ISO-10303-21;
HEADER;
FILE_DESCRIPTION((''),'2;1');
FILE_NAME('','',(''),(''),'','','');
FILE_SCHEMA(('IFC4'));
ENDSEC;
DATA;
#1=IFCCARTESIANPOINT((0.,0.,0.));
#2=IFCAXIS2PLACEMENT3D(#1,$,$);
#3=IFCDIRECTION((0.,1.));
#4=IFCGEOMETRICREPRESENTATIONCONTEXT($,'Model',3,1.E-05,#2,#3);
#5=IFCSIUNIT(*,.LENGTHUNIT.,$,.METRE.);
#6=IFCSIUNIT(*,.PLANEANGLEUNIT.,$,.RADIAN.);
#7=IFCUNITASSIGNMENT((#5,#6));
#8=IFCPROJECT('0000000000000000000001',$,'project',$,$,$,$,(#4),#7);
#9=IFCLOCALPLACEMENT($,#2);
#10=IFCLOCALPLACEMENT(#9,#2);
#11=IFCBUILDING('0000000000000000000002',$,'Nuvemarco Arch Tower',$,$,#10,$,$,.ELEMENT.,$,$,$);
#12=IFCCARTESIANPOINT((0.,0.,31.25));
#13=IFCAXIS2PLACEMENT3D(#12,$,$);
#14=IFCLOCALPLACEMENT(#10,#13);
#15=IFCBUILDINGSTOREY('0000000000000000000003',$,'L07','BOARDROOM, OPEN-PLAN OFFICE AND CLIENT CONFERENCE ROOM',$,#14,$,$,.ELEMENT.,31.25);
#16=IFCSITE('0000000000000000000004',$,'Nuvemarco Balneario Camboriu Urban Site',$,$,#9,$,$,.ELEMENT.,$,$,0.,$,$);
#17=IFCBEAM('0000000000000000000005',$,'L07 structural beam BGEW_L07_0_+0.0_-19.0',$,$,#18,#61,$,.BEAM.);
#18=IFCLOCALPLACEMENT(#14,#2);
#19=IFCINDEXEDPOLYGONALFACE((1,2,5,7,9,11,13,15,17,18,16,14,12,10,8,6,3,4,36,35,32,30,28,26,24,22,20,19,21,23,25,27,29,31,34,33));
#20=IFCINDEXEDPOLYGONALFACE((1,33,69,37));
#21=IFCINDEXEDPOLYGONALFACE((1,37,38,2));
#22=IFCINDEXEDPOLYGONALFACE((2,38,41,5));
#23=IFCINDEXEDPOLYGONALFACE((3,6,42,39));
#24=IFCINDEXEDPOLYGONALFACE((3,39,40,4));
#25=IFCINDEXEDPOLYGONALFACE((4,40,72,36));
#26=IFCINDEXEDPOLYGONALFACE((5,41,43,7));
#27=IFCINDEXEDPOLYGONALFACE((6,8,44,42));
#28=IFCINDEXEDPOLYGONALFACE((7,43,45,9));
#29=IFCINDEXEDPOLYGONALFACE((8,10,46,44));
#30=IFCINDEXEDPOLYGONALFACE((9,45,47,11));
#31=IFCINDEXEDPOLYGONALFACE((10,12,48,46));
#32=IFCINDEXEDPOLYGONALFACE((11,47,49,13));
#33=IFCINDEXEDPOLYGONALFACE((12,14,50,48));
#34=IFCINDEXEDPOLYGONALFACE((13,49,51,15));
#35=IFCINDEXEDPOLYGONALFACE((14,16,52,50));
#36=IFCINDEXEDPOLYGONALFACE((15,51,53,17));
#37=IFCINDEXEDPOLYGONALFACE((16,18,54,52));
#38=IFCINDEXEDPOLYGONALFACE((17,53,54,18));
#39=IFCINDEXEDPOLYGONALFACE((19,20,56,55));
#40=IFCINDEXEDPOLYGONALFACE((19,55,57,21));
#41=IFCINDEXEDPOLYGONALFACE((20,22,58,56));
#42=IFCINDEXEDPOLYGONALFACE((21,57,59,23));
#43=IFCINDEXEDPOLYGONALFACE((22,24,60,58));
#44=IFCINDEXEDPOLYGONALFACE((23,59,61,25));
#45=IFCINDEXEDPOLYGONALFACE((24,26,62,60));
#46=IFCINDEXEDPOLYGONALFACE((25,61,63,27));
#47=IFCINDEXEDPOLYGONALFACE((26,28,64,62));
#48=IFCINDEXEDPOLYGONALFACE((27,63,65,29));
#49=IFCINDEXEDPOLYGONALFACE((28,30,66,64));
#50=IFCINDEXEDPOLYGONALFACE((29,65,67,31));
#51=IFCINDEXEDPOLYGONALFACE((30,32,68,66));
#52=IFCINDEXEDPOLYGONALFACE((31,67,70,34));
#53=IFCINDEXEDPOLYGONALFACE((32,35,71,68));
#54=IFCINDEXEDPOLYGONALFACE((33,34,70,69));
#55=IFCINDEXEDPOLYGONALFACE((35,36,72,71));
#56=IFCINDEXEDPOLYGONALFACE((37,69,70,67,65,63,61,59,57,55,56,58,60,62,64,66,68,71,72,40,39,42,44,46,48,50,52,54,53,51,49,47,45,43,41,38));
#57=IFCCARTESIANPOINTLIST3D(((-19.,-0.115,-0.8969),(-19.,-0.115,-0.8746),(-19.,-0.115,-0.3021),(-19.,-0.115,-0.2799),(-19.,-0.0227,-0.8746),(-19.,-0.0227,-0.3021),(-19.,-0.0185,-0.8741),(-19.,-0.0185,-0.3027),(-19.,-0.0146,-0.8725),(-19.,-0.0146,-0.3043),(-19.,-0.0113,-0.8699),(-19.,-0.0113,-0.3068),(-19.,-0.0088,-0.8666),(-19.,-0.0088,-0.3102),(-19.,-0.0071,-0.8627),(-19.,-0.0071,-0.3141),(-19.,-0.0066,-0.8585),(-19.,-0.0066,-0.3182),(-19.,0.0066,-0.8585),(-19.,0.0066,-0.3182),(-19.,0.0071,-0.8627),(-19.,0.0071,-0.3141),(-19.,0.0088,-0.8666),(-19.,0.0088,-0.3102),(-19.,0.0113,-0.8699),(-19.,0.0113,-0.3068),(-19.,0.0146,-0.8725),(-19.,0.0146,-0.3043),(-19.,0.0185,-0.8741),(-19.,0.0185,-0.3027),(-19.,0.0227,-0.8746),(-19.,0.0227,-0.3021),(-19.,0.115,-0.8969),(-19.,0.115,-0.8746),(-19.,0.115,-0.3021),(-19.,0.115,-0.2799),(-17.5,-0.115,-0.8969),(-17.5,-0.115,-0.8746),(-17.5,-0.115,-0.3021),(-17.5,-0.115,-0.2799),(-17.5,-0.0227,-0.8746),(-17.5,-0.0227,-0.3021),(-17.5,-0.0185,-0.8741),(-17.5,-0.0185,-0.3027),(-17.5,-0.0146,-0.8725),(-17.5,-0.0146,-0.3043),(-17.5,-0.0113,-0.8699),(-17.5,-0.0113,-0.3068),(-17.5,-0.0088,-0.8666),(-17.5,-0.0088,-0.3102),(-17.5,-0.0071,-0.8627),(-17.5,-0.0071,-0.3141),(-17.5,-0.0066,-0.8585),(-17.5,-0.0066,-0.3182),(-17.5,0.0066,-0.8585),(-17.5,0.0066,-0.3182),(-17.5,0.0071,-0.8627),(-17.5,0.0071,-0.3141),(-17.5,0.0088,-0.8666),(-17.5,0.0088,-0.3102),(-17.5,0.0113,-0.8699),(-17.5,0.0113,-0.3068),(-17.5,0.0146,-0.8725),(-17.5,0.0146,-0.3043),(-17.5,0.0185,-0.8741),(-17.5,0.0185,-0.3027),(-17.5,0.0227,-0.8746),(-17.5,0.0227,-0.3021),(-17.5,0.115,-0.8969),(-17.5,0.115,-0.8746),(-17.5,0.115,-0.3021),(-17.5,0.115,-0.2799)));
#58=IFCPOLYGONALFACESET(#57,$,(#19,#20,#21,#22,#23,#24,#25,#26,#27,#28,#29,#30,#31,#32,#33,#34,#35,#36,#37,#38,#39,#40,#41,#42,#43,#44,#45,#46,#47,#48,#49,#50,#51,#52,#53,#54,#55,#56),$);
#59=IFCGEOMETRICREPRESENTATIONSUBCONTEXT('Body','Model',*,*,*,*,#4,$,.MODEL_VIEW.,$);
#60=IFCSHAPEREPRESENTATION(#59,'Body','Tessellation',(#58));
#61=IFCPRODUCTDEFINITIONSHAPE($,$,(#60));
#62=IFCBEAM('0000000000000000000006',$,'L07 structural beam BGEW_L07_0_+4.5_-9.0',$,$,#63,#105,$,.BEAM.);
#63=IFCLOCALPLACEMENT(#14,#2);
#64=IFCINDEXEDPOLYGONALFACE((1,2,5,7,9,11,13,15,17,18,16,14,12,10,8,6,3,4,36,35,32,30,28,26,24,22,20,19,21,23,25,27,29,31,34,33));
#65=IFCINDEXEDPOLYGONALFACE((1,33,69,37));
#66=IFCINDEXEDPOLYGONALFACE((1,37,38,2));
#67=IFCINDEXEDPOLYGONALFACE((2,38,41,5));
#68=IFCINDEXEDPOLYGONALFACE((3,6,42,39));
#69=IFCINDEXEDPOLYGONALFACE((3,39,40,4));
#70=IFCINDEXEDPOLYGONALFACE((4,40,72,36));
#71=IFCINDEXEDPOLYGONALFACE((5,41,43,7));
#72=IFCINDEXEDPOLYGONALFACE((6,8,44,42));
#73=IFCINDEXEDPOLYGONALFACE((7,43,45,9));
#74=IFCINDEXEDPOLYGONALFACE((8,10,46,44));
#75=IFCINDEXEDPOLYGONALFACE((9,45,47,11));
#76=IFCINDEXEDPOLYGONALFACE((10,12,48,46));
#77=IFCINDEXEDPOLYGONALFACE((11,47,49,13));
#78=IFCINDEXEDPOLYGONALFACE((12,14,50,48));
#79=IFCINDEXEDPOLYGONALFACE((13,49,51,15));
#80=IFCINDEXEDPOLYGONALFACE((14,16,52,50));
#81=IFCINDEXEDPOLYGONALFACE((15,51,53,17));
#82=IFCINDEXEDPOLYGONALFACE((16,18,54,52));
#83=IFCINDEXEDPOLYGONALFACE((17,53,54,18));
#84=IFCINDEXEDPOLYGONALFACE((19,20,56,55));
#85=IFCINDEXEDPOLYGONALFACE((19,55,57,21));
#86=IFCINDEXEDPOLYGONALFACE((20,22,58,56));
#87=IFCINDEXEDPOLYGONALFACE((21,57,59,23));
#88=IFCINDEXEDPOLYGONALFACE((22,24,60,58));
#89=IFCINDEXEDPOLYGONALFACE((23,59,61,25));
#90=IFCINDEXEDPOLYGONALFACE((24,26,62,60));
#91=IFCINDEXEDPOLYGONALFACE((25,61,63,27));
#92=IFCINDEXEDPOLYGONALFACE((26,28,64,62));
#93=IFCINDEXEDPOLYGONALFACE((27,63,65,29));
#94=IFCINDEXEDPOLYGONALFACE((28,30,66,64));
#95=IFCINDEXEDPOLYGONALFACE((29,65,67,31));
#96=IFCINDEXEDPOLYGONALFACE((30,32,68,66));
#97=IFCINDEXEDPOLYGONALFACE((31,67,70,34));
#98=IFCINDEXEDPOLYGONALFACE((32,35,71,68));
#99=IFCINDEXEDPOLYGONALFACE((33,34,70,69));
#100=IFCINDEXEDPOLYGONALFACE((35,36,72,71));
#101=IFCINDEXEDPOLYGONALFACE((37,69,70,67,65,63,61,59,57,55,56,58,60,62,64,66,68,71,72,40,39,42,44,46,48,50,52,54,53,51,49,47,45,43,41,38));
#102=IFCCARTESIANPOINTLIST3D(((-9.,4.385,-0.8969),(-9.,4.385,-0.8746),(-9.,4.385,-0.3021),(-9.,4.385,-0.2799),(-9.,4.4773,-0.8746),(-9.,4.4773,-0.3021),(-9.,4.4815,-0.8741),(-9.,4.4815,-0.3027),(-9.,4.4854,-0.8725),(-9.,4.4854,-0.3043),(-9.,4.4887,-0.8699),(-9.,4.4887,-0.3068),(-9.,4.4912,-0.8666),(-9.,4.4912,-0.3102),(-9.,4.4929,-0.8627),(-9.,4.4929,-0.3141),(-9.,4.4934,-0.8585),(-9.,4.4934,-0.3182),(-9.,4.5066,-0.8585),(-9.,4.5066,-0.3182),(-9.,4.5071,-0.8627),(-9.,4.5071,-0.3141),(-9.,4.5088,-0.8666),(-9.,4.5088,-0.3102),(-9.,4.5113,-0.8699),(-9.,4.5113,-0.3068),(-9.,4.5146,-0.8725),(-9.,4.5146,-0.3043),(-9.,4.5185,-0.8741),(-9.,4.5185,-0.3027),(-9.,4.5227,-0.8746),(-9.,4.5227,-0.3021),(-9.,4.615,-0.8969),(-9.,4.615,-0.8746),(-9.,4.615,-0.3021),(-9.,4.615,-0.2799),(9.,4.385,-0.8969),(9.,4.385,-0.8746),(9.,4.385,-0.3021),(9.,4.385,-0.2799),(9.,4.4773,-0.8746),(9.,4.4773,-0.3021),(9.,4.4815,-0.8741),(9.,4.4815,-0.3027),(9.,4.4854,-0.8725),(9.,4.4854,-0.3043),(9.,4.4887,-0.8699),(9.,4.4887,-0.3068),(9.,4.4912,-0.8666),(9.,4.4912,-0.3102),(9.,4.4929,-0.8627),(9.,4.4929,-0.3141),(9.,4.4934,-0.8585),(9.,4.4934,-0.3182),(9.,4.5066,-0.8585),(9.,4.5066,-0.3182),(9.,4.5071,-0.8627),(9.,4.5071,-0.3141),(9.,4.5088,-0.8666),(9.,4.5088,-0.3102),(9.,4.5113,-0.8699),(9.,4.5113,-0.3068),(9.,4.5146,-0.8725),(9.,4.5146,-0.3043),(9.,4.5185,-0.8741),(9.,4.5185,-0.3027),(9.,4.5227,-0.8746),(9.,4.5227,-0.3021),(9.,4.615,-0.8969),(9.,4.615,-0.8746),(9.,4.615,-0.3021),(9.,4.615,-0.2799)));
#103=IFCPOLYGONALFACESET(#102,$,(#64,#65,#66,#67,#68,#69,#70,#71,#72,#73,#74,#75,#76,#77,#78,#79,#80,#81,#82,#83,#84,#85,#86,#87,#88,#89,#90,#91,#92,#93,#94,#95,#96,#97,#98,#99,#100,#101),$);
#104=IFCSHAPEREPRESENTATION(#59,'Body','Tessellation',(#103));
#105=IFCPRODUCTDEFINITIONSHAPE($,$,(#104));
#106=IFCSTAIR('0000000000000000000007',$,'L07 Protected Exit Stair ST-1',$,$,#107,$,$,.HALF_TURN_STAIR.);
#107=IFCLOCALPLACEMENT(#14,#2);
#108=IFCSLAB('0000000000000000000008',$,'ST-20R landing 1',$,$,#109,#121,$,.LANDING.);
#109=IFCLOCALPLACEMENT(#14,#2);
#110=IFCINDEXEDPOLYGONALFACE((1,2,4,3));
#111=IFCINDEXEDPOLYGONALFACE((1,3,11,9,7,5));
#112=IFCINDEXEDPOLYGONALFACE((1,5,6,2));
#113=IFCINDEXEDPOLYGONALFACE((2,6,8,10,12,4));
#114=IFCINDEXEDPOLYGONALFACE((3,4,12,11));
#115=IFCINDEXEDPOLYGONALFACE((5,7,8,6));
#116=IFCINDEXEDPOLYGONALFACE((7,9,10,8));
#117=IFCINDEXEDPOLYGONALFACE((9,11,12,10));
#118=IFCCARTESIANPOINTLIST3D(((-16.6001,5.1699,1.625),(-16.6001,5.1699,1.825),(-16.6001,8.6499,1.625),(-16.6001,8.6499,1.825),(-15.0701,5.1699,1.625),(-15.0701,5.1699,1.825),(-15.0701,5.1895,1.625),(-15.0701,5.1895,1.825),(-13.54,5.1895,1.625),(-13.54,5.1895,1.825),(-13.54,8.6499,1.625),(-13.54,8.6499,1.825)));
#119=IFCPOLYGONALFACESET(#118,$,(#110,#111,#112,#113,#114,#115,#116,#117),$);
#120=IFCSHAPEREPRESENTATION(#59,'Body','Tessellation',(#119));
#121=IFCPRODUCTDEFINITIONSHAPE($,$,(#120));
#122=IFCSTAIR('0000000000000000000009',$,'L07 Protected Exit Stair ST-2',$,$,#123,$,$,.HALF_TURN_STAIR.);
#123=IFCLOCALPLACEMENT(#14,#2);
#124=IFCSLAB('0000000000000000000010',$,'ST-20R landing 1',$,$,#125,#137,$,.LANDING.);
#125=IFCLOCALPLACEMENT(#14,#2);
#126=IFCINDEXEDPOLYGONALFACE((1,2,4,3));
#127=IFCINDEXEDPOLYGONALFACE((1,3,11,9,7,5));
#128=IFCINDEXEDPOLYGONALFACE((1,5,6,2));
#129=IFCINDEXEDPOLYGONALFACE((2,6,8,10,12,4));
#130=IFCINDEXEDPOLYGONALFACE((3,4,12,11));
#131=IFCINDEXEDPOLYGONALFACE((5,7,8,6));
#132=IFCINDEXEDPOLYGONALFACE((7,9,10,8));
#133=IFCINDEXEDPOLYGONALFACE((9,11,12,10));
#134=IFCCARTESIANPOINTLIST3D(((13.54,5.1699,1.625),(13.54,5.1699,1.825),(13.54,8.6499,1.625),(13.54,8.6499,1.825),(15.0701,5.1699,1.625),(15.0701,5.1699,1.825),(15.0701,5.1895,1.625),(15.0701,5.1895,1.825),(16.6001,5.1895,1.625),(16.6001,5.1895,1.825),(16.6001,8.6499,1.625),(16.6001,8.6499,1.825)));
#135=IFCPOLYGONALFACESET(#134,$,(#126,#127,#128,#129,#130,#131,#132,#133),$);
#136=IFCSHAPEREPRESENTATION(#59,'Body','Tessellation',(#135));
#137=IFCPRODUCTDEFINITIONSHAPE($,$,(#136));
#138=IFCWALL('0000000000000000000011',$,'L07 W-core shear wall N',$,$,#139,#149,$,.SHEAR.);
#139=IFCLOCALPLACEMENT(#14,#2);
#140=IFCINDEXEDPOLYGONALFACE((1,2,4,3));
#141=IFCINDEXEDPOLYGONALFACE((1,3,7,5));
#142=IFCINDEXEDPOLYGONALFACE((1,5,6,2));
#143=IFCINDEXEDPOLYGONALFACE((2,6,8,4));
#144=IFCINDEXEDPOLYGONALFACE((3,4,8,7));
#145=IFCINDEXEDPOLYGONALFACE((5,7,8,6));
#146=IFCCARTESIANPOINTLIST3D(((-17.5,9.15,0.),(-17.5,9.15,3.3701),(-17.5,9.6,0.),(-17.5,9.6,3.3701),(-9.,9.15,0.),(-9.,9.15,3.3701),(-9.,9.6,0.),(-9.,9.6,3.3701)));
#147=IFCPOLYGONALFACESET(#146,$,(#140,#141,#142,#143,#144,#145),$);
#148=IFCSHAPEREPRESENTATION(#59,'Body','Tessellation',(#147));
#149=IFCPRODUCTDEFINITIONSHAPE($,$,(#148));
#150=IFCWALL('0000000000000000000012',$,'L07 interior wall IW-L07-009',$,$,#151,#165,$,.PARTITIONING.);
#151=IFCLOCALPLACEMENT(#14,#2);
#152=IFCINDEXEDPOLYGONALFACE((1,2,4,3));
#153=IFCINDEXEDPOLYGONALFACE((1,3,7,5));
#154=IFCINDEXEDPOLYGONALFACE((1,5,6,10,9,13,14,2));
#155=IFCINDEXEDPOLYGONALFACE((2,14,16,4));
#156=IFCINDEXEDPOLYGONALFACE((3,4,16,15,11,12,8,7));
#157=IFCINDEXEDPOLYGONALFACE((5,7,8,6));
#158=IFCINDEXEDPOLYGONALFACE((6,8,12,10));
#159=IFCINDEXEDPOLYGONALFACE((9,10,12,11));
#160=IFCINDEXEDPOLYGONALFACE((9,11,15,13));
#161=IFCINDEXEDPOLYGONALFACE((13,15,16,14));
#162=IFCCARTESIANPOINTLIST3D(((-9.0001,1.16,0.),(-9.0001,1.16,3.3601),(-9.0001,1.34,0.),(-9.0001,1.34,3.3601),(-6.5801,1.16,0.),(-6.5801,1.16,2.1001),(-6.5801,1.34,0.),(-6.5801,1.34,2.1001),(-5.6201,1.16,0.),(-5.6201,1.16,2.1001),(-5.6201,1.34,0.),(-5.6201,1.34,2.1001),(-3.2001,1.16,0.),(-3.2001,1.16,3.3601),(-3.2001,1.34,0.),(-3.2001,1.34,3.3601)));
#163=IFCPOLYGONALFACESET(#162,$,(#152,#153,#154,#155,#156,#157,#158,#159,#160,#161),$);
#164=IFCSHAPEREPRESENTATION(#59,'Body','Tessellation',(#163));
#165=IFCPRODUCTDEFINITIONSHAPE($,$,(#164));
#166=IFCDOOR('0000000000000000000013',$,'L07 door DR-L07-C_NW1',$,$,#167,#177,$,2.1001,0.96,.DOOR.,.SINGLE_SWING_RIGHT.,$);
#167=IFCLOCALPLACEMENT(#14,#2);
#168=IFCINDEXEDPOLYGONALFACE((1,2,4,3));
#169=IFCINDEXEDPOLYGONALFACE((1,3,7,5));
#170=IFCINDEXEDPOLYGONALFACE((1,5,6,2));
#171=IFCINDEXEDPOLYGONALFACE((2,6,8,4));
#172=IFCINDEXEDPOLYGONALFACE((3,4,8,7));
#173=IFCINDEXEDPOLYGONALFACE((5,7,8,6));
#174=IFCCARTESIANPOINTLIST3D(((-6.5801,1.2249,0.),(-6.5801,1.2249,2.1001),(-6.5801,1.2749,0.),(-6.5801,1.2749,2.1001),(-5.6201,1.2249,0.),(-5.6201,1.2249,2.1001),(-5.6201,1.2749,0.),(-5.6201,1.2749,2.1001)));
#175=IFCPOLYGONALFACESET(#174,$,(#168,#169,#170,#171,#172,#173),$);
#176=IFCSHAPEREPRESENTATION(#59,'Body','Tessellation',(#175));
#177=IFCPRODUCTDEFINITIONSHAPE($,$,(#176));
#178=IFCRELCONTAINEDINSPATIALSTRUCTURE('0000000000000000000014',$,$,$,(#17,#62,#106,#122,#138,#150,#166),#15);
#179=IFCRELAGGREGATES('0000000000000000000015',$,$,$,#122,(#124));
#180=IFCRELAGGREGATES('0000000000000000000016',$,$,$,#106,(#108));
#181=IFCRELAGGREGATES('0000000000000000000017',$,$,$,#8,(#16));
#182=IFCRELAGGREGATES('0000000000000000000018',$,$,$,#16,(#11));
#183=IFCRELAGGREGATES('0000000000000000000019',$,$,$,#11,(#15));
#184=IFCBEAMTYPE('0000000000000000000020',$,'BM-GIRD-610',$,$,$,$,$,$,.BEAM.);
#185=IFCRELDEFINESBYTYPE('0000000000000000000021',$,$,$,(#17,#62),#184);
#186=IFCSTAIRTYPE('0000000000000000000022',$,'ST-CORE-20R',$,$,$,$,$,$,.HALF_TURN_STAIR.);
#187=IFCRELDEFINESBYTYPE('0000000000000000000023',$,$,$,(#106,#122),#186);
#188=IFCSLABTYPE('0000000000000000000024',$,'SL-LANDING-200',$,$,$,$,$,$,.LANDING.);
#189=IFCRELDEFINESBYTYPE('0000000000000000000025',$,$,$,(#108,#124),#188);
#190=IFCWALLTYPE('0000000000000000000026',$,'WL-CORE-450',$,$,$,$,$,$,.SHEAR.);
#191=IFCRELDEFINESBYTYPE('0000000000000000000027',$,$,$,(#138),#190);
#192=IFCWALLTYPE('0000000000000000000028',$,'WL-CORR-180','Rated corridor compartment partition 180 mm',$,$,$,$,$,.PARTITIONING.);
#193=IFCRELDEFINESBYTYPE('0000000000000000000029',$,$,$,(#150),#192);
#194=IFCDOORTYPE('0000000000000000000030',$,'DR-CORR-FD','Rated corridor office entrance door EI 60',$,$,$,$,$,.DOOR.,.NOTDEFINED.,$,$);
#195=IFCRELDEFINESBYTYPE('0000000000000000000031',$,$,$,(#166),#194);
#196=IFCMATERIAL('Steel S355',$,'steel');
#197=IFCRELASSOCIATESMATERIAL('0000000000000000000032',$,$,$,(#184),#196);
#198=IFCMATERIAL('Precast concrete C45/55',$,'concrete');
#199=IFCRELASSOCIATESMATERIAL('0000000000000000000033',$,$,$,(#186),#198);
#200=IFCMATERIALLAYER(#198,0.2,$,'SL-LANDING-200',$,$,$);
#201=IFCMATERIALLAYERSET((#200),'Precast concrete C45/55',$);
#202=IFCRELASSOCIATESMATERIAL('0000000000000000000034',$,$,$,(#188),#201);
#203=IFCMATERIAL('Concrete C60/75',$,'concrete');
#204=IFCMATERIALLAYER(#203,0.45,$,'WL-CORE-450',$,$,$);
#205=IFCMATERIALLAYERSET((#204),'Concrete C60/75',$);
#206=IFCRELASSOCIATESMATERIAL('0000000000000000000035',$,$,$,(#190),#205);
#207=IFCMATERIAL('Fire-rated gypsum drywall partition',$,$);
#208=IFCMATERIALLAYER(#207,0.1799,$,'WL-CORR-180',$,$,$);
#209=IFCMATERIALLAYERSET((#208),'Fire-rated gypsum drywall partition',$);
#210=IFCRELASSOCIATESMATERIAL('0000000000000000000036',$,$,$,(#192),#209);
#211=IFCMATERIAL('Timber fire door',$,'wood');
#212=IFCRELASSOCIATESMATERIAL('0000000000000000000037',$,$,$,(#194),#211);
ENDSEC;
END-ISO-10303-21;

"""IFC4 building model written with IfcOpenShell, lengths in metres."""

from ifc_helpers import new_model, si_unit, direction, frame, frame_2d, origin, origin_2d, place, context, subcontext, project, spatial, polyline, rectangle, i_section, outline, extrude, source, transform, mapped, material, layer, layer_set, material_profile, profile_set, type_object, type_shapes, element, fill, aggregate, save


model = new_model("IFC4")

# Units and contexts
model_context = context("Model", 3, precision=1e-05, world=origin(), true_north=direction((0.0, 1.0)))
body_context = subcontext(model_context, "Body", "Model", "MODEL_VIEW")
ifc_project = project(units=[si_unit("LENGTHUNIT", "METRE"), si_unit("PLANEANGLEUNIT", "RADIAN")], contexts=[model_context])

# Site, building, storey
site_placement = place(None, origin())
site = spatial("IfcSite", under=ifc_project, at=site_placement, Name="Nuvemarco Balneario Camboriu Urban Site", CompositionType="ELEMENT", RefElevation=0.0)
building_placement = place(site_placement, origin())
building = spatial("IfcBuilding", under=site, at=building_placement, Name="Nuvemarco Arch Tower", CompositionType="ELEMENT")
storey_placement = place(building_placement, frame((0.0, 0.0, 31.25)))
storey = spatial("IfcBuildingStorey", under=building, at=storey_placement, Name="L07", Description="BOARDROOM, OPEN-PLAN OFFICE AND CLIENT CONFERENCE ROOM", CompositionType="ELEMENT", Elevation=31.25)

# Shared definitions
ifc_material_1 = material(Name="Concrete C60/75", Category="concrete")

# Beams
ifc_material_2 = material(Name="Steel S355", Category="steel")
ifc_material_profile_1 = material_profile(ifc_material_2, i_section(OverallWidth=0.23, OverallDepth=0.6169, WebThickness=0.0132, FlangeThickness=0.0222, FilletRadius=0.0161, at=origin_2d()), Name="W610x140")
ifc_profile_set_1 = profile_set([ifc_material_profile_1], Name="Steel S355")
beam_type = type_object("IfcBeamType", Name="BM-GIRD-610", PredefinedType="BEAM", material=ifc_profile_set_1)
beam_1_placement = place(storey_placement, frame((-19.0, 0.0, -0.5884), z_axis=(1.0, 0.0, 0.0), x_axis=(0.0, 1.0, 0.0)))
element("IfcBeam", 1, at=beam_1_placement, inside=storey, type_object=beam_type, Name="L07 structural beam BGEW_L07_0_+0.0_-19.0", PredefinedType="BEAM", context=body_context, shape_type="SweptSolid", body=[
    extrude(i_section(OverallWidth=0.23, OverallDepth=0.6169, WebThickness=0.0132, FlangeThickness=0.0222, FilletRadius=0.0161, at=origin_2d()), origin(), (0.0, 0.0, 1.0), 1.5),
])
beam_2_placement = place(storey_placement, frame((-9.0, 4.5, -0.5884), z_axis=(1.0, 0.0, 0.0), x_axis=(0.0, 1.0, 0.0)))
element("IfcBeam", 2, at=beam_2_placement, inside=storey, type_object=beam_type, Name="L07 structural beam BGEW_L07_0_+4.5_-9.0", PredefinedType="BEAM", context=body_context, shape_type="SweptSolid", body=[
    extrude(i_section(OverallWidth=0.23, OverallDepth=0.6169, WebThickness=0.0132, FlangeThickness=0.0222, FilletRadius=0.0161, at=origin_2d()), origin(), (0.0, 0.0, 1.0), 18.0),
])

# Stairs, slabs
ifc_material_3 = material(Name="Precast concrete C45/55", Category="concrete")
stair_type = type_object("IfcStairType", Name="ST-CORE-20R", PredefinedType="HALF_TURN_STAIR", material=ifc_material_3)
stair_1_placement = place(storey_placement, origin())
stair_1 = element("IfcStair", 3, at=stair_1_placement, inside=storey, type_object=stair_type, Name="L07 Protected Exit Stair ST-1", PredefinedType="HALF_TURN_STAIR")
ifc_layer_1 = layer(ifc_material_3, 0.2, Name="SL-LANDING-200")
ifc_layer_set_1 = layer_set([ifc_layer_1], Name="Precast concrete C45/55")
slab_type = type_object("IfcSlabType", Name="SL-LANDING-200", PredefinedType="LANDING", material=ifc_layer_set_1)
slab_1_placement = place(storey_placement, frame((0.0, 0.0, 1.625)))
slab_1 = element("IfcSlab", 4, at=slab_1_placement, type_object=slab_type, Name="ST-20R landing 1", PredefinedType="LANDING", context=body_context, shape_type="SweptSolid", body=[
    extrude(outline(polyline([(-13.54, 5.1895), (-13.54, 8.6499), (-16.6001, 8.6499), (-16.6001, 5.1699), (-15.0701, 5.1699), (-15.0701, 5.1895), (-13.54, 5.1895)])), origin(), (0.0, 0.0, 1.0), 0.2),
])
stair_2_placement = place(storey_placement, origin())
stair_2 = element("IfcStair", 5, at=stair_2_placement, inside=storey, type_object=stair_type, Name="L07 Protected Exit Stair ST-2", PredefinedType="HALF_TURN_STAIR")
slab_2_placement = place(storey_placement, frame((0.0, 0.0, 1.625)))
slab_2 = element("IfcSlab", 6, at=slab_2_placement, type_object=slab_type, Name="ST-20R landing 1", PredefinedType="LANDING", context=body_context, shape_type="SweptSolid", body=[
    extrude(outline(polyline([(16.6001, 5.1895), (16.6001, 8.6499), (13.54, 8.6499), (13.54, 5.1699), (15.0701, 5.1699), (15.0701, 5.1895), (16.6001, 5.1895)])), origin(), (0.0, 0.0, 1.0), 0.2),
])
aggregate(stair_2, [slab_2])

# Wall
ifc_layer_2 = layer(ifc_material_1, 0.45, Name="WL-CORE-450")
ifc_layer_set_2 = layer_set([ifc_layer_2], Name="Concrete C60/75")
wall_type_1 = type_object("IfcWallType", Name="WL-CORE-450", PredefinedType="SHEAR", material=ifc_layer_set_2)
wall_1_placement = place(storey_placement, frame((-17.5, 9.375, 0.0), z_axis=(0.0, 0.0, 1.0), x_axis=(1.0, 0.0, 0.0)))
element("IfcWall", 7, at=wall_1_placement, inside=storey, type_object=wall_type_1, Name="L07 W-core shear wall N", PredefinedType="SHEAR", context=body_context, shape_type="SweptSolid", body=[
    extrude(rectangle(XDim=8.5, YDim=0.45, at=frame_2d((4.25, 0.0))), origin(), (0.0, 0.0, 1.0), 3.3701),
])

# Wall, opening, door
ifc_material_4 = material(Name="Fire-rated gypsum drywall partition")
ifc_layer_3 = layer(ifc_material_4, 0.1799, Name="WL-CORR-180")
ifc_layer_set_3 = layer_set([ifc_layer_3], Name="Fire-rated gypsum drywall partition")
wall_type_2 = type_object("IfcWallType", Name="WL-CORR-180", Description="Rated corridor compartment partition 180 mm", PredefinedType="PARTITIONING", material=ifc_layer_set_3)
wall_2_placement = place(storey_placement, frame((-9.0, 1.25, 0.0), z_axis=(0.0, 0.0, 1.0), x_axis=(1.0, 0.0, 0.0)))
wall_2 = element("IfcWall", 8, at=wall_2_placement, inside=storey, type_object=wall_type_2, Name="L07 interior wall IW-L07-009", PredefinedType="PARTITIONING", context=body_context, shape_type="SweptSolid", body=[
    extrude(rectangle(XDim=5.8, YDim=0.1799, at=frame_2d((2.8999, 0.0))), origin(), (0.0, 0.0, 1.0), 3.3601),
])
opening_1_placement = place(wall_2_placement, frame((2.4199, 0.0, 0.0)))
opening_1 = element("IfcOpeningElement", 9, at=opening_1_placement, cuts=wall_2, PredefinedType="OPENING", context=body_context, shape_type="SweptSolid", body=[
    extrude(rectangle(XDim=0.96, YDim=2.1001, at=frame_2d((0.48, 1.05))), frame((0.0, 0.0999, 0.0), z_axis=(0.0, -1.0, 0.0), x_axis=(1.0, 0.0, 0.0)), (0.0, 0.0, 1.0), 0.2),
])
ifc_material_5 = material(Name="Timber fire door", Category="wood")
door_type_1 = type_object("IfcDoorType", Name="DR-CORR-FD", Description="Rated corridor office entrance door EI 60", OperationType="NOTDEFINED", PredefinedType="DOOR", material=ifc_material_5)
shared_shape_1 = source(origin(), body_context, "Body", "SweptSolid", [
    extrude(rectangle(XDim=0.96, YDim=2.1001, at=frame_2d((0.48, 1.05))), frame((0.0, 0.0249, 0.0), z_axis=(0.0, -1.0, 0.0), x_axis=(1.0, 0.0, 0.0)), (0.0, 0.0, 1.0), 0.05),
])
type_shapes(door_type_1, [shared_shape_1])
door_1_placement = place(opening_1_placement, origin())
door_1 = element("IfcDoor", 10, at=door_1_placement, inside=storey, type_object=door_type_1, Name="L07 door DR-L07-C_NW1", OperationType="SINGLE_SWING_RIGHT", OverallHeight=2.1001, OverallWidth=0.96, PredefinedType="DOOR", context=body_context, shape_type="MappedRepresentation", body=[
    mapped(shared_shape_1, transform((0.0, 0.0, 0.0), scale=1.0)),
])
fill(opening_1, door_1)

aggregate(stair_1, [slab_1])

save(model, "model.ifc")
